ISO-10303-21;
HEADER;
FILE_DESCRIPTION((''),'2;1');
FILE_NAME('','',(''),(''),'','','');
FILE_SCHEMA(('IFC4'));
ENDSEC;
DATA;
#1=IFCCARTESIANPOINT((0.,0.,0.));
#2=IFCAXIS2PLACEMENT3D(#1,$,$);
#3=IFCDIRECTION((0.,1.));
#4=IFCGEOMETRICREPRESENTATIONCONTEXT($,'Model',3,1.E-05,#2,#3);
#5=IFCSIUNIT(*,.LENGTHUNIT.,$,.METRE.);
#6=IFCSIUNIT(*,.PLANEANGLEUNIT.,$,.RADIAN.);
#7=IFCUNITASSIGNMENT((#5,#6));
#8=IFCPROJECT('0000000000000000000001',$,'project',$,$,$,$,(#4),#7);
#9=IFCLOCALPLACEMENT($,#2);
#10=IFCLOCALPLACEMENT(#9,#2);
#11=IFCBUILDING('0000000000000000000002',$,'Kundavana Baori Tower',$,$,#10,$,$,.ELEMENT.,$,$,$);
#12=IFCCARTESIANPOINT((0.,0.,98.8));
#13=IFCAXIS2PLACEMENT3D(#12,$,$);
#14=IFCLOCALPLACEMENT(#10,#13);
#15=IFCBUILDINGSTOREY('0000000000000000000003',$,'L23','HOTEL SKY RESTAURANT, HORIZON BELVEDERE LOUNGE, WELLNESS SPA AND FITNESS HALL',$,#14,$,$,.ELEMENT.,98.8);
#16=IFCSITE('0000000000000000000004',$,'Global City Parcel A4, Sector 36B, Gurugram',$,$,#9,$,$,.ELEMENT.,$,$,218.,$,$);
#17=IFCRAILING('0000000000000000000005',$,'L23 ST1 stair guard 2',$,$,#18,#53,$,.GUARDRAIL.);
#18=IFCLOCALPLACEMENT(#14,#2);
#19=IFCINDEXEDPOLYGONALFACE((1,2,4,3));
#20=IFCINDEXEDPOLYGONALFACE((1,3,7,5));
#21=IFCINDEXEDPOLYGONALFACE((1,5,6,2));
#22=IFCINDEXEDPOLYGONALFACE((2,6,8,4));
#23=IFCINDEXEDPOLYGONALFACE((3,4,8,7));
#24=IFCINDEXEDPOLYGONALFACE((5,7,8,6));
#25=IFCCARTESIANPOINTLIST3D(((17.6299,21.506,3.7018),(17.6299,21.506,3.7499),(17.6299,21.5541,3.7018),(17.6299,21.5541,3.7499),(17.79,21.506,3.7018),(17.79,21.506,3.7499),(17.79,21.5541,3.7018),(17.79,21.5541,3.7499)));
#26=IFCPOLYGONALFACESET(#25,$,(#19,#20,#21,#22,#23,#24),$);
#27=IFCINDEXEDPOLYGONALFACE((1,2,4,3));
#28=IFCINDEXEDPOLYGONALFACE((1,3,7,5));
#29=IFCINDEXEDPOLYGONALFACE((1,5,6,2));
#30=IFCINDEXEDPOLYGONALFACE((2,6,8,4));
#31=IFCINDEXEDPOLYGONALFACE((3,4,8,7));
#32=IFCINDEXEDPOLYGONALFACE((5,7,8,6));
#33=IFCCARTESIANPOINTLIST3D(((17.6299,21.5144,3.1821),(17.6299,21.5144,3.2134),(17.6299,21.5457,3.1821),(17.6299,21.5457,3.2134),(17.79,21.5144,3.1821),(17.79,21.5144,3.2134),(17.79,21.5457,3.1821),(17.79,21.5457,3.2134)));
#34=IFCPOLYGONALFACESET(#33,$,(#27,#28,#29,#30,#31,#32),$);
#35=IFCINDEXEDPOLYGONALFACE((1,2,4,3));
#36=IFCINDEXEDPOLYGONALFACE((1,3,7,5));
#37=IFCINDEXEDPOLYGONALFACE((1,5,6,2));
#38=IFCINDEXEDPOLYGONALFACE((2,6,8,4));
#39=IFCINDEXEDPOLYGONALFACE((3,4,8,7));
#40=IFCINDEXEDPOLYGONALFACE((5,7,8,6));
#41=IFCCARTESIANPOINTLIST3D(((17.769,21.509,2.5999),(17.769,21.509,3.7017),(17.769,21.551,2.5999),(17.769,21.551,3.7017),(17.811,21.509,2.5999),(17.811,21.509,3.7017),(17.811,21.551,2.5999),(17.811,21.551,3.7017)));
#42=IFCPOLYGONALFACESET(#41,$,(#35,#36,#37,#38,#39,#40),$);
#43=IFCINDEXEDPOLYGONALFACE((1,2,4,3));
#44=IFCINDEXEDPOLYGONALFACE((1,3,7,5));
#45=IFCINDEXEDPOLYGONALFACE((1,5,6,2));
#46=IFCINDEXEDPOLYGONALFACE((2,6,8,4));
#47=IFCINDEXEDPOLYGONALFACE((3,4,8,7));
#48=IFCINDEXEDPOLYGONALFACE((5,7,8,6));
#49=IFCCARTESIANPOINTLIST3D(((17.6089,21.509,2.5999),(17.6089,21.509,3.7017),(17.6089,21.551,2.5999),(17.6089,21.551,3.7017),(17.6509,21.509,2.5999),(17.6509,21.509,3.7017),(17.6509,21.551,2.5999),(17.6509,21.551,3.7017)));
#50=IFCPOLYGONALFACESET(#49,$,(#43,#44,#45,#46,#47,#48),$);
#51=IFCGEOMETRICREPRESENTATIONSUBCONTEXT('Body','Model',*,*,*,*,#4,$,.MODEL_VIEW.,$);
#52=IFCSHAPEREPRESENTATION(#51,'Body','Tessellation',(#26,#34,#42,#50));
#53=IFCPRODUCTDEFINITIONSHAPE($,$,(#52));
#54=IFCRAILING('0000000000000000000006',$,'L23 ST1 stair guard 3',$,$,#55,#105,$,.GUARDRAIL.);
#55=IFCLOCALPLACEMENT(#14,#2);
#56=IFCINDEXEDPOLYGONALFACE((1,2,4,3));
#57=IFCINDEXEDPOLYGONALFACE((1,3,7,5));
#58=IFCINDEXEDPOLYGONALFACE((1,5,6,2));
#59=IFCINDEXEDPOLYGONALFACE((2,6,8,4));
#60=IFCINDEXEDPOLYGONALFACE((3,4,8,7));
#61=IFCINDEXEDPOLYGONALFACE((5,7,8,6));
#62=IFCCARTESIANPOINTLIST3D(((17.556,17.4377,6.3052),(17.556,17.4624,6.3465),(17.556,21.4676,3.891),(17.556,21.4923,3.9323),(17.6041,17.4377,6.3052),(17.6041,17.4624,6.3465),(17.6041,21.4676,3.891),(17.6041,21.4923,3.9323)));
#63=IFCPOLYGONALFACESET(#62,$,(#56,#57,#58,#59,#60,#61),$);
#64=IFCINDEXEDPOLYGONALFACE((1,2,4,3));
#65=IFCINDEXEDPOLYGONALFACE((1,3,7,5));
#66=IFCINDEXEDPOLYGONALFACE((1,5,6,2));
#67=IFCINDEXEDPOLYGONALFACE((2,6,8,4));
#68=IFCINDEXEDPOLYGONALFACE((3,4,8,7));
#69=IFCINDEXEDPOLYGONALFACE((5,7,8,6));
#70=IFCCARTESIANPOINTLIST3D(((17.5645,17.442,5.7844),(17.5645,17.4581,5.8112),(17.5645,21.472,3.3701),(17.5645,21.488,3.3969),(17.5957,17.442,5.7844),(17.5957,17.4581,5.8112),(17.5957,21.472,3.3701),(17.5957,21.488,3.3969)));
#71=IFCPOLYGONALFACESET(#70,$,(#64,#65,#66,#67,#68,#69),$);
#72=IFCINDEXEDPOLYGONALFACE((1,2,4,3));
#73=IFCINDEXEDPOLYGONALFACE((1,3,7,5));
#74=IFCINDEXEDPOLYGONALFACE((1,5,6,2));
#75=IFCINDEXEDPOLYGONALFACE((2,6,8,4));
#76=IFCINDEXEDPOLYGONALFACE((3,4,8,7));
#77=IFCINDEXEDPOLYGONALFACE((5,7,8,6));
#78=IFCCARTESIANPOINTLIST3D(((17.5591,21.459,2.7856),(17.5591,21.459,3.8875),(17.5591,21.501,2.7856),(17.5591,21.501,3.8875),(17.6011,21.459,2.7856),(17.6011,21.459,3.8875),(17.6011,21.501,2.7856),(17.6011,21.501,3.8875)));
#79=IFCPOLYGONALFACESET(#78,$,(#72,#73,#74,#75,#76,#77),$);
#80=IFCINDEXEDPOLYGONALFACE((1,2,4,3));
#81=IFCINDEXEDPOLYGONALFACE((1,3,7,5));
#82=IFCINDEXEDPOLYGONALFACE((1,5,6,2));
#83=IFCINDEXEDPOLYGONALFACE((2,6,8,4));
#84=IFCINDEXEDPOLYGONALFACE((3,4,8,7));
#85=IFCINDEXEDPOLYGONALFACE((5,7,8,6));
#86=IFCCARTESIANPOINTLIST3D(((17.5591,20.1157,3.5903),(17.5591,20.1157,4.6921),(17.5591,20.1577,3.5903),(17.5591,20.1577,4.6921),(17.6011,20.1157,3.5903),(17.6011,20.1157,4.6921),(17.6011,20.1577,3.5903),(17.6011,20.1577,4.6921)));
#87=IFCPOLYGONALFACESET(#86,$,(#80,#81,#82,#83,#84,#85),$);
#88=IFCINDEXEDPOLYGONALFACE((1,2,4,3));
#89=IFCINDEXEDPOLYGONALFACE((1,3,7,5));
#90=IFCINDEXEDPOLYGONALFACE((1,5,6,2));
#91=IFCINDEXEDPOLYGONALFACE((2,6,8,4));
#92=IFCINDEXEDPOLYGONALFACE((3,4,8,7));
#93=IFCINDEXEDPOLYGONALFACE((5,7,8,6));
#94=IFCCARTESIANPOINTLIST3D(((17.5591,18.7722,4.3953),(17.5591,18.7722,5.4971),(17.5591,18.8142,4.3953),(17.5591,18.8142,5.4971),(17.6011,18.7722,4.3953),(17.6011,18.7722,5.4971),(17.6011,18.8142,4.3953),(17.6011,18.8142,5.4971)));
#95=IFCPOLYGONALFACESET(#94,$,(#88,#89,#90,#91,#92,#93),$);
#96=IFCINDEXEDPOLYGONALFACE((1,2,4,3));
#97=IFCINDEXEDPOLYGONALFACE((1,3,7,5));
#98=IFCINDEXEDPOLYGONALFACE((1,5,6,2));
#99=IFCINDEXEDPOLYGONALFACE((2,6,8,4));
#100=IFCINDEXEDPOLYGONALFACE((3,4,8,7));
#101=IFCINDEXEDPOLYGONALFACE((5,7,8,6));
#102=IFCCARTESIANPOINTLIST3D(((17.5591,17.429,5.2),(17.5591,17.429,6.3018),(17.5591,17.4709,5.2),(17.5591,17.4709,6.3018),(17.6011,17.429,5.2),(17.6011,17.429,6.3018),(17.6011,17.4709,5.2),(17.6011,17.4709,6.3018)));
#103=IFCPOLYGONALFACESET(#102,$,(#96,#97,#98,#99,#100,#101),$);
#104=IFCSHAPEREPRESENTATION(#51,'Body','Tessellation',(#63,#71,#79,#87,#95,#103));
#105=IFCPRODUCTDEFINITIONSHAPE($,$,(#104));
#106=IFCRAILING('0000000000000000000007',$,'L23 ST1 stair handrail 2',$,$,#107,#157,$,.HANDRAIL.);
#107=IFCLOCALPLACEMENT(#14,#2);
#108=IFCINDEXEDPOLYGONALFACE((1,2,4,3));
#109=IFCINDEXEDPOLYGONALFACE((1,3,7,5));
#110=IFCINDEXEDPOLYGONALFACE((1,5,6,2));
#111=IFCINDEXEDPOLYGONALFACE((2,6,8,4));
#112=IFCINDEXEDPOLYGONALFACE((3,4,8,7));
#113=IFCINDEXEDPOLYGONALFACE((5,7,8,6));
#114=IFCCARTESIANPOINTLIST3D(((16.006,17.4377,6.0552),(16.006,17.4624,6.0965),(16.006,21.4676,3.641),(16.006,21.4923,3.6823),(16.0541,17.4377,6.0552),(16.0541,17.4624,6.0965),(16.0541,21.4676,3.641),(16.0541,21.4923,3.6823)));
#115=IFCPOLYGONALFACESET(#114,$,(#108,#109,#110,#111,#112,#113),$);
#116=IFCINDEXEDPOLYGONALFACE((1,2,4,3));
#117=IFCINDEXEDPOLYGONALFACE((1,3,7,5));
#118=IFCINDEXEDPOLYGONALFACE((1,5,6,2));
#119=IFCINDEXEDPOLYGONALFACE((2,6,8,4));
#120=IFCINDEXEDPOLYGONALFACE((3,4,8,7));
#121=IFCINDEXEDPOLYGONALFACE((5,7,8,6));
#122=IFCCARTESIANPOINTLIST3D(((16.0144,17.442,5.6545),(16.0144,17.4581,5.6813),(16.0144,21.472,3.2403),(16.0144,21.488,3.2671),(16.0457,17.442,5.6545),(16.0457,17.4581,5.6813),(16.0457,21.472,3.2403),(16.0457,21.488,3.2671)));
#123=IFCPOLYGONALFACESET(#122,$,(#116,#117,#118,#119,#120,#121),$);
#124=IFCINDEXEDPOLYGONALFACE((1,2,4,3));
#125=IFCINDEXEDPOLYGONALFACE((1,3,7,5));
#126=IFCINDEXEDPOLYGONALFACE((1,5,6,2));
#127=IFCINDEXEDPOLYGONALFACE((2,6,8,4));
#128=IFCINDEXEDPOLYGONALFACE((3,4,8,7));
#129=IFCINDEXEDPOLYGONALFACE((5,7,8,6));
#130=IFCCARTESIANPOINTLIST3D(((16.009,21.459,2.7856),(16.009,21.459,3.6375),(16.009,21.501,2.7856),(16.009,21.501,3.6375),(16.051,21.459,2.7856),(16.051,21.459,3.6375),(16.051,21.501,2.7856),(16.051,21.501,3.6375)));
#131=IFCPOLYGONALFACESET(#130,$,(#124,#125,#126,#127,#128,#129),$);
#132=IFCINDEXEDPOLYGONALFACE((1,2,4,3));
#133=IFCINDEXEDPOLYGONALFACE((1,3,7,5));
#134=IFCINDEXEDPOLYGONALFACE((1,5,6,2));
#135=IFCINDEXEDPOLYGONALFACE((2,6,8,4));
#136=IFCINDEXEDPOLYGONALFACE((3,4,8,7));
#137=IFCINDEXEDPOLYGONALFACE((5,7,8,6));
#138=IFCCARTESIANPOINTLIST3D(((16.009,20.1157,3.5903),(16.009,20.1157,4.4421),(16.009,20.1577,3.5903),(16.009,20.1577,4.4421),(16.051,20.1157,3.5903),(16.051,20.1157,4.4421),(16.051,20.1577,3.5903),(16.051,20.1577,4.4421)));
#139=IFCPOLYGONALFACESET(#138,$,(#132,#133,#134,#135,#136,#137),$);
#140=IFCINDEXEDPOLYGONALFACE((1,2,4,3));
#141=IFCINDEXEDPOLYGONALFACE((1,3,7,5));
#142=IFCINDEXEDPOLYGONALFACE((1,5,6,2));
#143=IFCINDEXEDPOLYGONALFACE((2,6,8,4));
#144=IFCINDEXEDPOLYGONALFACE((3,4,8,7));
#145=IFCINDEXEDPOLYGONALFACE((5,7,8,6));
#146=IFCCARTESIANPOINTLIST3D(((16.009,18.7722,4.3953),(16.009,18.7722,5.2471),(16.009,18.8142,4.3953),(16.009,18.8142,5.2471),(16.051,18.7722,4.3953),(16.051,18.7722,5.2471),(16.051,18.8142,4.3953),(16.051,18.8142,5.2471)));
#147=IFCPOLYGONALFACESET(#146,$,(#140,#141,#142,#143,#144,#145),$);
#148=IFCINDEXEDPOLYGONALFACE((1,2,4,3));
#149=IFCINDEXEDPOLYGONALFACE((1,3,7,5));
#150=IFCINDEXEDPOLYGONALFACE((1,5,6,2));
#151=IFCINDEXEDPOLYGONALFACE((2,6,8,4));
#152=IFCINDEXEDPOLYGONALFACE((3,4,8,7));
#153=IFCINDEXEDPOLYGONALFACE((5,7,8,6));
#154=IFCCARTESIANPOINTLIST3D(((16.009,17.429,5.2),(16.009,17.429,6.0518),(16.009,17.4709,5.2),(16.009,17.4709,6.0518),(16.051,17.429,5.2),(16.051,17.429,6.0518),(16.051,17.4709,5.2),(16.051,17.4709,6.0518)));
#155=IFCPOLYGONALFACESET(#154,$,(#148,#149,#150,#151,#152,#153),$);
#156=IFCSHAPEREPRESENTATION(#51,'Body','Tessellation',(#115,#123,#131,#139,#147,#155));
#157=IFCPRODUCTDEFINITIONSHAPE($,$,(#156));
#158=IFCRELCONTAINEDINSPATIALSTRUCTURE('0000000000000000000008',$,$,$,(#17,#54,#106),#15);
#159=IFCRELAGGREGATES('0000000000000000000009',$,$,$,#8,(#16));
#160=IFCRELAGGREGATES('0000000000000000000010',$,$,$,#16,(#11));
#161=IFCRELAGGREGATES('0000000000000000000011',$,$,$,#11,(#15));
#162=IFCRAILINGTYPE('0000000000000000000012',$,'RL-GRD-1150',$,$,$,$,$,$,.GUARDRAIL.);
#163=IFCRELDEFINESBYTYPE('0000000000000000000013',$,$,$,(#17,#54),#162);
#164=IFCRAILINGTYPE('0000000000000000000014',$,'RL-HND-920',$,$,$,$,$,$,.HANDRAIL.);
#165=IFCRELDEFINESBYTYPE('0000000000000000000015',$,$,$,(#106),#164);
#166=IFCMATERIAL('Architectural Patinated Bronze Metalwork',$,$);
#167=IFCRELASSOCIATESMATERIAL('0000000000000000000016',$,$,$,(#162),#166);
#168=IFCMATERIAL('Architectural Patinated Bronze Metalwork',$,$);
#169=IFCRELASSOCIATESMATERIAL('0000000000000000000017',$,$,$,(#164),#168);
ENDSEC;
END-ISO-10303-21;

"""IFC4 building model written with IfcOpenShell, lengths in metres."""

from ifc_helpers import new_model, si_unit, direction, frame, origin, origin_2d, place, context, subcontext, project, spatial, rectangle, extrude, material, type_object, element, save


model = new_model("IFC4")

# Units and contexts
model_context = context("Model", 3, precision=1e-05, world=origin(), true_north=direction((0.0, 1.0)))
body_context = subcontext(model_context, "Body", "Model", "MODEL_VIEW")
ifc_project = project(units=[si_unit("LENGTHUNIT", "METRE"), si_unit("PLANEANGLEUNIT", "RADIAN")], contexts=[model_context])

# Site, building, storey
site_placement = place(None, origin())
site = spatial("IfcSite", under=ifc_project, at=site_placement, Name="Global City Parcel A4, Sector 36B, Gurugram", CompositionType="ELEMENT", RefElevation=218.0)
building_placement = place(site_placement, origin())
building = spatial("IfcBuilding", under=site, at=building_placement, Name="Kundavana Baori Tower", CompositionType="ELEMENT")
storey_placement = place(building_placement, frame((0.0, 0.0, 98.8)))
storey = spatial("IfcBuildingStorey", under=building, at=storey_placement, Name="L23", Description="HOTEL SKY RESTAURANT, HORIZON BELVEDERE LOUNGE, WELLNESS SPA AND FITNESS HALL", CompositionType="ELEMENT", Elevation=98.8)

# Railings
ifc_material_1 = material(Name="Architectural Patinated Bronze Metalwork")
railing_type_1 = type_object("IfcRailingType", Name="RL-GRD-1150", PredefinedType="GUARDRAIL", material=ifc_material_1)
railing_1_placement = place(storey_placement, frame((17.79, 21.53, 2.5999)))
element("IfcRailing", 1, at=railing_1_placement, inside=storey, type_object=railing_type_1, Name="L23 ST1 stair guard 2", PredefinedType="GUARDRAIL", context=body_context, shape_type="SweptSolid", body=[
    extrude(rectangle(XDim=0.0481, YDim=0.0481, at=origin_2d()), frame((0.0, 0.0, 1.126), z_axis=(-1.0, 0.0, 0.0), x_axis=(0.0, -1.0, 0.0)), (0.0, 0.0, 1.0), 0.1602),
    extrude(rectangle(XDim=0.0312, YDim=0.0312, at=origin_2d()), frame((0.0, 0.0, 0.5979), z_axis=(-1.0, 0.0, 0.0), x_axis=(0.0, -1.0, 0.0)), (0.0, 0.0, 1.0), 0.1602),
    extrude(rectangle(XDim=0.042, YDim=0.042, at=origin_2d()), origin(), (0.0, 0.0, 1.0), 1.1018),
    extrude(rectangle(XDim=0.042, YDim=0.042, at=origin_2d()), frame((-0.1602, 0.0, 0.0)), (0.0, 0.0, 1.0), 1.1018),
])
railing_2_placement = place(storey_placement, frame((17.5801, 21.48, 2.7856)))
element("IfcRailing", 2, at=railing_2_placement, inside=storey, type_object=railing_type_1, Name="L23 ST1 stair guard 3", PredefinedType="GUARDRAIL", context=body_context, shape_type="SweptSolid", body=[
    extrude(rectangle(XDim=0.0481, YDim=0.0481, at=origin_2d()), frame((0.0, 0.0, 1.126), z_axis=(0.0, -0.857841, 0.513915), x_axis=(1.0, 0.0, 0.0)), (0.0, 0.0, 1.0), 4.6978),
    extrude(rectangle(XDim=0.0312, YDim=0.0312, at=origin_2d()), frame((0.0, 0.0, 0.5979), z_axis=(0.0, -0.857841, 0.513915), x_axis=(1.0, 0.0, 0.0)), (0.0, 0.0, 1.0), 4.6978),
    extrude(rectangle(XDim=0.042, YDim=0.042, at=origin_2d()), origin(), (0.0, 0.0, 1.0), 1.1018),
    extrude(rectangle(XDim=0.042, YDim=0.042, at=origin_2d()), frame((0.0, -1.3433, 0.8047)), (0.0, 0.0, 1.0), 1.1018),
    extrude(rectangle(XDim=0.042, YDim=0.042, at=origin_2d()), frame((0.0, -2.6868, 1.6096)), (0.0, 0.0, 1.0), 1.1018),
    extrude(rectangle(XDim=0.042, YDim=0.042, at=origin_2d()), frame((0.0, -4.03, 2.4143)), (0.0, 0.0, 1.0), 1.1018),
])
ifc_material_2 = material(Name="Architectural Patinated Bronze Metalwork")
railing_type_2 = type_object("IfcRailingType", Name="RL-HND-920", PredefinedType="HANDRAIL", material=ifc_material_2)
railing_3_placement = place(storey_placement, frame((16.03, 21.48, 2.7856)))
element("IfcRailing", 3, at=railing_3_placement, inside=storey, type_object=railing_type_2, Name="L23 ST1 stair handrail 2", PredefinedType="HANDRAIL", context=body_context, shape_type="SweptSolid", body=[
    extrude(rectangle(XDim=0.0481, YDim=0.0481, at=origin_2d()), frame((0.0, 0.0, 0.876), z_axis=(0.0, -0.857841, 0.513915), x_axis=(1.0, 0.0, 0.0)), (0.0, 0.0, 1.0), 4.6978),
    extrude(rectangle(XDim=0.0312, YDim=0.0312, at=origin_2d()), frame((0.0, 0.0, 0.468), z_axis=(0.0, -0.857841, 0.513915), x_axis=(1.0, 0.0, 0.0)), (0.0, 0.0, 1.0), 4.6978),
    extrude(rectangle(XDim=0.042, YDim=0.042, at=origin_2d()), origin(), (0.0, 0.0, 1.0), 0.8518),
    extrude(rectangle(XDim=0.042, YDim=0.042, at=origin_2d()), frame((0.0, -1.3433, 0.8047)), (0.0, 0.0, 1.0), 0.8518),
    extrude(rectangle(XDim=0.042, YDim=0.042, at=origin_2d()), frame((0.0, -2.6868, 1.6096)), (0.0, 0.0, 1.0), 0.8518),
    extrude(rectangle(XDim=0.042, YDim=0.042, at=origin_2d()), frame((0.0, -4.03, 2.4143)), (0.0, 0.0, 1.0), 0.8518),
])

save(model, "model.ifc")
